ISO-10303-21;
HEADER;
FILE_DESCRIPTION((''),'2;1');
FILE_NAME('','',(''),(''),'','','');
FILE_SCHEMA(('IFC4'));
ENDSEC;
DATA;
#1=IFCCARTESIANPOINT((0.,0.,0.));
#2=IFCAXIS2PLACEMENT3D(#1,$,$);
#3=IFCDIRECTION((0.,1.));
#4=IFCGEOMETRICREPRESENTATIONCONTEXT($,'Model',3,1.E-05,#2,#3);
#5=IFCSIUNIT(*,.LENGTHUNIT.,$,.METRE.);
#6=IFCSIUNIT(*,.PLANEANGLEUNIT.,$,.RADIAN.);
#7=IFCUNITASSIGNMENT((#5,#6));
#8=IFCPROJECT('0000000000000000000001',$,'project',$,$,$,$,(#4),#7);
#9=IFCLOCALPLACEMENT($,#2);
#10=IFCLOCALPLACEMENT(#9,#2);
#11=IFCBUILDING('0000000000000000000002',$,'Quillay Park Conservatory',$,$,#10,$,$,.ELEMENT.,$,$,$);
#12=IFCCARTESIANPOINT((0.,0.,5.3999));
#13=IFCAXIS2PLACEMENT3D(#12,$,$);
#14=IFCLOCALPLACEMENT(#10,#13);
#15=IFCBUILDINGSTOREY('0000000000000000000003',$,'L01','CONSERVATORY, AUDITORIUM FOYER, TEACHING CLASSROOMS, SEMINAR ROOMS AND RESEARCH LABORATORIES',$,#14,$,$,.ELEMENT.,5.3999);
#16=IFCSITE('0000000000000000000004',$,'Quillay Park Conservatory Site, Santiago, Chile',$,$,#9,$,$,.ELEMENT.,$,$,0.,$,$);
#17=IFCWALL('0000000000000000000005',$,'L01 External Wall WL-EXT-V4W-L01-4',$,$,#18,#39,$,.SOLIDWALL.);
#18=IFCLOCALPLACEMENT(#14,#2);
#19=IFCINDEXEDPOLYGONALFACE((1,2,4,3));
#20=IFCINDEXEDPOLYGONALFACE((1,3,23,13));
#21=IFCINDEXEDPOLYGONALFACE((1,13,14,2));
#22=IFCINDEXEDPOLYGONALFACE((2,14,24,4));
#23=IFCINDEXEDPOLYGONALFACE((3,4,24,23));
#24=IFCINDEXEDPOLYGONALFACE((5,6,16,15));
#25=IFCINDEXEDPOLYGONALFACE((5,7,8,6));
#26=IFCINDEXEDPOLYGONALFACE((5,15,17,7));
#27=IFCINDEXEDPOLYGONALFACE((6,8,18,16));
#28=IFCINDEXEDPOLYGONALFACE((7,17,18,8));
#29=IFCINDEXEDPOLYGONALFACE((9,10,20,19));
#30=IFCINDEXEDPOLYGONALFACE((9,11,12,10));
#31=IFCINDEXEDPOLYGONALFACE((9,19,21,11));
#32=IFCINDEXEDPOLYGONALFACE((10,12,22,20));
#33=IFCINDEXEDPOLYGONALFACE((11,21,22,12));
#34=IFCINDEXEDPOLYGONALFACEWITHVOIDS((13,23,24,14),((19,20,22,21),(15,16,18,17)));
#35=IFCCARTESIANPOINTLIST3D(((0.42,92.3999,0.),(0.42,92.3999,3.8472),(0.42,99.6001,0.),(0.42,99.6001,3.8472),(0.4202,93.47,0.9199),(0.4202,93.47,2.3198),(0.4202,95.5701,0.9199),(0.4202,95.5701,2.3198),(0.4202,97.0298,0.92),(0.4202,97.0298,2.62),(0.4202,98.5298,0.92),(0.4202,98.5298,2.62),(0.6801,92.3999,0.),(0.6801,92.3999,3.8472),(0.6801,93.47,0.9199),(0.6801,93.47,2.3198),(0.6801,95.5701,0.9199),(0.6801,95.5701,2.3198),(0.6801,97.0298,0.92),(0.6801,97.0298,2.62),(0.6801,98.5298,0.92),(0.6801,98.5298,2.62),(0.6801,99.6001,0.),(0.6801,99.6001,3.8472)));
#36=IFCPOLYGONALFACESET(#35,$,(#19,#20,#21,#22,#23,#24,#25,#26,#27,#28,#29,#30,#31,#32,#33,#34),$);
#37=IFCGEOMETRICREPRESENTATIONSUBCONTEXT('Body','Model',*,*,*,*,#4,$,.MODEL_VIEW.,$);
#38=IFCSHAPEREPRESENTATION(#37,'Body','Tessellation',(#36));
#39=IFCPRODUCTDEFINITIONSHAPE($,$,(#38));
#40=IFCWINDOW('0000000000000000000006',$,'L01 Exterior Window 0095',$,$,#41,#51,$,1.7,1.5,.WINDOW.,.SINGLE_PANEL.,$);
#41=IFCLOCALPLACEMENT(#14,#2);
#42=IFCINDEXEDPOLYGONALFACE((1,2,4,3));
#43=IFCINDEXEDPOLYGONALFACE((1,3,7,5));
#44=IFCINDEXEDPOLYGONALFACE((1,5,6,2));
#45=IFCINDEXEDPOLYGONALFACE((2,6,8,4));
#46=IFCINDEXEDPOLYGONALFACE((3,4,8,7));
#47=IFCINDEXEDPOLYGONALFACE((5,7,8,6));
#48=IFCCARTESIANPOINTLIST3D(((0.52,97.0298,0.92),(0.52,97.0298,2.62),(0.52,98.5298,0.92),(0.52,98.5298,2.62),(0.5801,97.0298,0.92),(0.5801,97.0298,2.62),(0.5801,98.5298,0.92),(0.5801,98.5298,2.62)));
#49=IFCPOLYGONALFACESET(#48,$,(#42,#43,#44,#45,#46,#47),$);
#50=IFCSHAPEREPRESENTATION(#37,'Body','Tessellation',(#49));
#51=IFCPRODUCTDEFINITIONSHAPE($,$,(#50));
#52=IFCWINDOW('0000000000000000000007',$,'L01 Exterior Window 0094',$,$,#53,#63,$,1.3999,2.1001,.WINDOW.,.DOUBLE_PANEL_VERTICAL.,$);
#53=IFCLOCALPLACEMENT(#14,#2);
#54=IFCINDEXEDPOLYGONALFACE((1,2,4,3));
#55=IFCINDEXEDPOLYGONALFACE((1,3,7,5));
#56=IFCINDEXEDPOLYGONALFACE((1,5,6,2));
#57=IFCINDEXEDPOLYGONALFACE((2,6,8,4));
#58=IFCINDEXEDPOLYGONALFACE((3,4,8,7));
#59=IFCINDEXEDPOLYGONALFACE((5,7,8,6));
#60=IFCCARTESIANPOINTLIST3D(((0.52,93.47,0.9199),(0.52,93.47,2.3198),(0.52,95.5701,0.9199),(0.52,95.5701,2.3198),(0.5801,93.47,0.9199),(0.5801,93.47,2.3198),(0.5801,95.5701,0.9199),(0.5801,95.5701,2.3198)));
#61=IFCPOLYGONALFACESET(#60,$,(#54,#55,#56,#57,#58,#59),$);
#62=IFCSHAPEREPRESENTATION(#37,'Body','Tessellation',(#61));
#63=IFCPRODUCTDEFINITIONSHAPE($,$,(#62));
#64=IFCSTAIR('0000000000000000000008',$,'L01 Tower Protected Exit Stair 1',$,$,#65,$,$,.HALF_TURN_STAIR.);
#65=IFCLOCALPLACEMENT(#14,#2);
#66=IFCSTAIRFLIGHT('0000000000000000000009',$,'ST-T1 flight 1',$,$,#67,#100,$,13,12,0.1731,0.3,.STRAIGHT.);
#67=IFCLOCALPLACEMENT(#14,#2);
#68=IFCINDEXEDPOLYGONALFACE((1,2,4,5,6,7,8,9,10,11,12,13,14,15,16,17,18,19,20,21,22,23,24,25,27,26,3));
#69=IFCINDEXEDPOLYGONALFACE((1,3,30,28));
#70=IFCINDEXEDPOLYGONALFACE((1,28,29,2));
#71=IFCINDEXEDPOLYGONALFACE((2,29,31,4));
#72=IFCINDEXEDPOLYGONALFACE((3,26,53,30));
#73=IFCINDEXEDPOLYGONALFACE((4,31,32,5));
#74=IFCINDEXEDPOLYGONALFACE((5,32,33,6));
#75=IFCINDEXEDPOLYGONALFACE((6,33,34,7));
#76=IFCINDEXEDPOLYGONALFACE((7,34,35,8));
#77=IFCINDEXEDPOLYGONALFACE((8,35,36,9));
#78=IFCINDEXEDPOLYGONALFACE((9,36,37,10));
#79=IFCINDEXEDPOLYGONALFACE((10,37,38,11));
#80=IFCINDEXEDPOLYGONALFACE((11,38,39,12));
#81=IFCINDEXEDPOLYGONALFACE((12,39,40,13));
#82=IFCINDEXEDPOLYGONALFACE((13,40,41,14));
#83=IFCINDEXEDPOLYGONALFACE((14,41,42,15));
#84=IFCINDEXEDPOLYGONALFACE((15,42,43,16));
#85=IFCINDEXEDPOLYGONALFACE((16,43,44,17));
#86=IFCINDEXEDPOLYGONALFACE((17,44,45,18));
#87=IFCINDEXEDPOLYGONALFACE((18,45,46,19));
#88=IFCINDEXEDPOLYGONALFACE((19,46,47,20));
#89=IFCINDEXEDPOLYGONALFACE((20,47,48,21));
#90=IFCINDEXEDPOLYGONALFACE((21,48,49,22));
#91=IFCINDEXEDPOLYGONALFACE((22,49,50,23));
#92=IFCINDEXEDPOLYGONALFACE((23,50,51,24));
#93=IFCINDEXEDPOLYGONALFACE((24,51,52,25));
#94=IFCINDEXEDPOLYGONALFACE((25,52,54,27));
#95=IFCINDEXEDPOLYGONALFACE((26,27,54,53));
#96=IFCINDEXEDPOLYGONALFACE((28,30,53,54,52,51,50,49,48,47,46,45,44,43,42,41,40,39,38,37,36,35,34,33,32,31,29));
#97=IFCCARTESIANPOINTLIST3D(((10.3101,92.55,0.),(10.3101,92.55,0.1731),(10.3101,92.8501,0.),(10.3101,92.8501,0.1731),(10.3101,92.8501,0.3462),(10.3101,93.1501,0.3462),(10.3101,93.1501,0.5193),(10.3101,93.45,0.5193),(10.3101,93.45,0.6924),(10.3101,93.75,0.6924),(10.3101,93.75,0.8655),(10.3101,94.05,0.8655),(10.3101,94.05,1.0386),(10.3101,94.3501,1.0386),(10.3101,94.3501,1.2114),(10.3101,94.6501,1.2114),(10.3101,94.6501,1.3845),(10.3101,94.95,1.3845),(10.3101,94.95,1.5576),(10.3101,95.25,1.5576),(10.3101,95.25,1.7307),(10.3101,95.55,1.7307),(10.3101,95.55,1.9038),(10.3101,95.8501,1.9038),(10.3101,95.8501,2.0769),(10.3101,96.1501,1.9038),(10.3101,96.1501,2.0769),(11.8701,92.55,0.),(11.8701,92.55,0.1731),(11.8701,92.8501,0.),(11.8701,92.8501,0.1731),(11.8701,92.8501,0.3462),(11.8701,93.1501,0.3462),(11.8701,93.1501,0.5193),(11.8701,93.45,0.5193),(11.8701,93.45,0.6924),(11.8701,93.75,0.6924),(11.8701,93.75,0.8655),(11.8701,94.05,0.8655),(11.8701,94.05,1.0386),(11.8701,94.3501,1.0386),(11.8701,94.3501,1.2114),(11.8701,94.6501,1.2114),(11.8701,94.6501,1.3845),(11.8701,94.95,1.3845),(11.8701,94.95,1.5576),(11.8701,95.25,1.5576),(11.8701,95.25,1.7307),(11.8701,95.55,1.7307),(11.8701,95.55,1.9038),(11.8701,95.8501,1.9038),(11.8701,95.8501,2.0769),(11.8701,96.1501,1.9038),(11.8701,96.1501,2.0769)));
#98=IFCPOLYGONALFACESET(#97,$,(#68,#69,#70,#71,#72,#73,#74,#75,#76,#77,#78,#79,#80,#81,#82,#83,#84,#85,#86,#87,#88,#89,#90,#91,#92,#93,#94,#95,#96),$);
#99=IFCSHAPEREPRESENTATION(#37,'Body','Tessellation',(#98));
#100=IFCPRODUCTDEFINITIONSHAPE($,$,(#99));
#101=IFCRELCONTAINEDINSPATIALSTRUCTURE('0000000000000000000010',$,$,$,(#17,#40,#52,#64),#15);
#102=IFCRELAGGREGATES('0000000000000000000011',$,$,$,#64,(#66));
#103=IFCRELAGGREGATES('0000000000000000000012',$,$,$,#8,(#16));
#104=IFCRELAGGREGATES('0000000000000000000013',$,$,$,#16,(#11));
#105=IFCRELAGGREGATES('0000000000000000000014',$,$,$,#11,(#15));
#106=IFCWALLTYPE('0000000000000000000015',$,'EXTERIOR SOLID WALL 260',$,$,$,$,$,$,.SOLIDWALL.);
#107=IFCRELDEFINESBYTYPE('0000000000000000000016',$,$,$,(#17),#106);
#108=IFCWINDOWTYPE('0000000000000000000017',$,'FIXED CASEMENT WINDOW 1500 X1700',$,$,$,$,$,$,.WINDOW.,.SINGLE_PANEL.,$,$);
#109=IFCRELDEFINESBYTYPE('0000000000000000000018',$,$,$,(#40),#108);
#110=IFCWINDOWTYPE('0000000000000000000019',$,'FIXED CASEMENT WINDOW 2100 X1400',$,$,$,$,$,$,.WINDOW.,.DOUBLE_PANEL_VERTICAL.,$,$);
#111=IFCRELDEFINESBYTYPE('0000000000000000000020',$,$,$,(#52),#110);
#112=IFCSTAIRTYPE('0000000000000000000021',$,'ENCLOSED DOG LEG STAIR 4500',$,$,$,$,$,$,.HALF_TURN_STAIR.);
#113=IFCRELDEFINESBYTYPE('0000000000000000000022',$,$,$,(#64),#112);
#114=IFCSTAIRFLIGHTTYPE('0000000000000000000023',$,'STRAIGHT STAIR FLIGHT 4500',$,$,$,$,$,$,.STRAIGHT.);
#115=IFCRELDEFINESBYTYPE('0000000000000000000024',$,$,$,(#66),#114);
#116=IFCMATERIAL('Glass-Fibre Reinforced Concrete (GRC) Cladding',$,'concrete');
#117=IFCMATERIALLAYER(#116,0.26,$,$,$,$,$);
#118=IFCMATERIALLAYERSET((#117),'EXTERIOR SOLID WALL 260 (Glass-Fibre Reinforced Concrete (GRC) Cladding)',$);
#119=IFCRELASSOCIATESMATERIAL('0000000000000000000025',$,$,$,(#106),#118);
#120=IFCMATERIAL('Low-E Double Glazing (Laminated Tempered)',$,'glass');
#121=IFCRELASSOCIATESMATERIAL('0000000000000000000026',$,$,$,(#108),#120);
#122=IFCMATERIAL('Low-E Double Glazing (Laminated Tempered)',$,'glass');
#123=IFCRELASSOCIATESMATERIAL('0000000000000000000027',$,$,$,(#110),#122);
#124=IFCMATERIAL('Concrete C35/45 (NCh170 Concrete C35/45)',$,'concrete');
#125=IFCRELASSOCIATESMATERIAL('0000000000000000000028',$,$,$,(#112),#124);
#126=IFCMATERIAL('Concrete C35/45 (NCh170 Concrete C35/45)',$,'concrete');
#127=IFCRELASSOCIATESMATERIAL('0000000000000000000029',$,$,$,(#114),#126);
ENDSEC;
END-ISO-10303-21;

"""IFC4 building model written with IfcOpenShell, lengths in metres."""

from ifc_helpers import new_model, si_unit, direction, frame, frame_2d, origin, place, context, subcontext, project, spatial, polyline, rectangle, outline, extrude, material, layer, layer_set, type_object, element, fill, aggregate, save


model = new_model("IFC4")

# Units and contexts
model_context = context("Model", 3, precision=1e-05, world=origin(), true_north=direction((0.0, 1.0)))
body_context = subcontext(model_context, "Body", "Model", "MODEL_VIEW")
ifc_project = project(units=[si_unit("LENGTHUNIT", "METRE"), si_unit("PLANEANGLEUNIT", "RADIAN")], contexts=[model_context])

# Site, building, storey
site_placement = place(None, origin())
site = spatial("IfcSite", under=ifc_project, at=site_placement, Name="Quillay Park Conservatory Site, Santiago, Chile", CompositionType="ELEMENT", RefElevation=0.0)
building_placement = place(site_placement, origin())
building = spatial("IfcBuilding", under=site, at=building_placement, Name="Quillay Park Conservatory", CompositionType="ELEMENT")
storey_placement = place(building_placement, frame((0.0, 0.0, 5.3999)))
storey = spatial("IfcBuildingStorey", under=building, at=storey_placement, Name="L01", Description="CONSERVATORY, AUDITORIUM FOYER, TEACHING CLASSROOMS, SEMINAR ROOMS AND RESEARCH LABORATORIES", CompositionType="ELEMENT", Elevation=5.3999)

# Wall, openings, windows
ifc_material_1 = material(Name="Glass-Fibre Reinforced Concrete (GRC) Cladding", Category="concrete")
ifc_layer_1 = layer(ifc_material_1, 0.26)
ifc_layer_set_1 = layer_set([ifc_layer_1], Name="EXTERIOR SOLID WALL 260 (Glass-Fibre Reinforced Concrete (GRC) Cladding)")
wall_type_1 = type_object("IfcWallType", Name="EXTERIOR SOLID WALL 260", PredefinedType="SOLIDWALL", material=ifc_layer_set_1)
wall_1_placement = place(storey_placement, frame((0.55, 92.3999, 0.0), z_axis=(0.0, 0.0, 1.0), x_axis=(0.0, 1.0, 0.0)))
wall_1 = element("IfcWall", 1, at=wall_1_placement, inside=storey, type_object=wall_type_1, Name="L01 External Wall WL-EXT-V4W-L01-4", PredefinedType="SOLIDWALL", context=body_context, shape_type="SweptSolid", body=[
    extrude(rectangle(XDim=7.2002, YDim=0.26, at=frame_2d((3.6001, 0.0))), origin(), (0.0, 0.0, 1.0), 3.8472),
])
opening_1_placement = place(wall_1_placement, frame((1.0701, 0.0, 0.9199)))
opening_1 = element("IfcOpeningElement", 2, at=opening_1_placement, cuts=wall_1, PredefinedType="OPENING", context=body_context, shape_type="SweptSolid", body=[
    extrude(rectangle(XDim=2.1001, YDim=1.3999, at=frame_2d((1.05, 0.7))), frame((0.0, 0.1299, 0.0), z_axis=(0.0, -1.0, 0.0), x_axis=(1.0, 0.0, 0.0)), (0.0, 0.0, 1.0), 0.26),
])
opening_2_placement = place(wall_1_placement, frame((4.6299, 0.0, 0.9199)))
opening_2 = element("IfcOpeningElement", 3, at=opening_2_placement, cuts=wall_1, PredefinedType="OPENING", context=body_context, shape_type="SweptSolid", body=[
    extrude(rectangle(XDim=1.5, YDim=1.7, at=frame_2d((0.75, 0.8501))), frame((0.0, 0.1299, 0.0), z_axis=(0.0, -1.0, 0.0), x_axis=(1.0, 0.0, 0.0)), (0.0, 0.0, 1.0), 0.26),
])
ifc_material_2 = material(Name="Low-E Double Glazing (Laminated Tempered)", Category="glass")
window_type_1 = type_object("IfcWindowType", Name="FIXED CASEMENT WINDOW 1500 X1700", PartitioningType="SINGLE_PANEL", PredefinedType="WINDOW", material=ifc_material_2)
window_1_placement = place(opening_2_placement, origin())
window_1 = element("IfcWindow", 4, at=window_1_placement, inside=storey, type_object=window_type_1, Name="L01 Exterior Window 0095", OverallHeight=1.7, OverallWidth=1.5, PartitioningType="SINGLE_PANEL", PredefinedType="WINDOW", context=body_context, shape_type="SweptSolid", body=[
    extrude(rectangle(XDim=1.5, YDim=1.7, at=frame_2d((0.75, 0.8501))), frame((0.0, 0.03, 0.0), z_axis=(0.0, -1.0, 0.0), x_axis=(1.0, 0.0, 0.0)), (0.0, 0.0, 1.0), 0.0601),
])
fill(opening_2, window_1)
ifc_material_3 = material(Name="Low-E Double Glazing (Laminated Tempered)", Category="glass")
window_type_2 = type_object("IfcWindowType", Name="FIXED CASEMENT WINDOW 2100 X1400", PartitioningType="DOUBLE_PANEL_VERTICAL", PredefinedType="WINDOW", material=ifc_material_3)
window_2_placement = place(opening_1_placement, origin())
window_2 = element("IfcWindow", 5, at=window_2_placement, inside=storey, type_object=window_type_2, Name="L01 Exterior Window 0094", OverallHeight=1.3999, OverallWidth=2.1001, PartitioningType="DOUBLE_PANEL_VERTICAL", PredefinedType="WINDOW", context=body_context, shape_type="SweptSolid", body=[
    extrude(rectangle(XDim=2.1001, YDim=1.3999, at=frame_2d((1.05, 0.7))), frame((0.0, 0.03, 0.0), z_axis=(0.0, -1.0, 0.0), x_axis=(1.0, 0.0, 0.0)), (0.0, 0.0, 1.0), 0.0601),
])
fill(opening_1, window_2)

# Stair, stair flight
ifc_material_4 = material(Name="Concrete C35/45 (NCh170 Concrete C35/45)", Category="concrete")
stair_type = type_object("IfcStairType", Name="ENCLOSED DOG LEG STAIR 4500", PredefinedType="HALF_TURN_STAIR", material=ifc_material_4)
stair_placement = place(storey_placement, origin())
stair = element("IfcStair", 6, at=stair_placement, inside=storey, type_object=stair_type, Name="L01 Tower Protected Exit Stair 1", PredefinedType="HALF_TURN_STAIR")
ifc_material_5 = material(Name="Concrete C35/45 (NCh170 Concrete C35/45)", Category="concrete")
stair_flight_type = type_object("IfcStairFlightType", Name="STRAIGHT STAIR FLIGHT 4500", PredefinedType="STRAIGHT", material=ifc_material_5)
stair_flight_placement = place(storey_placement, frame((11.0901, 92.55, 0.0), z_axis=(0.0, 0.0, 1.0), x_axis=(0.0, 1.0, 0.0)))
stair_flight = element("IfcStairFlight", 7, at=stair_flight_placement, type_object=stair_flight_type, Name="ST-T1 flight 1", NumberOfRisers=13, NumberOfTreads=12, PredefinedType="STRAIGHT", RiserHeight=0.1731, TreadLength=0.3, context=body_context, shape_type="SweptSolid", body=[
    extrude(outline(polyline([(0.0, 0.0), (0.0, 0.1731), (0.3, 0.1731), (0.3, 0.3462), (0.6001, 0.3462), (0.6001, 0.5193), (0.8999, 0.5193), (0.8999, 0.6924), (1.2, 0.6924), (1.2, 0.8655), (1.5, 0.8655), (1.5, 1.0386), (1.8, 1.0386), (1.8, 1.2114), (2.1001, 1.2114), (2.1001, 1.3845), (2.3999, 1.3845), (2.3999, 1.5576), (2.7, 1.5576), (2.7, 1.7307), (3.0, 1.7307), (3.0, 1.9038), (3.3, 1.9038), (3.3, 2.0769), (3.6001, 2.0769), (3.6001, 2.25), (3.6001, 1.9038), (0.3, 0.0), (0.0, 0.0)])), frame((0.0, 0.78, 0.0), z_axis=(0.0, -1.0, 0.0), x_axis=(1.0, 0.0, 0.0)), (0.0, 0.0, 1.0), 1.5601),
])
aggregate(stair, [stair_flight])

save(model, "model.ifc")
